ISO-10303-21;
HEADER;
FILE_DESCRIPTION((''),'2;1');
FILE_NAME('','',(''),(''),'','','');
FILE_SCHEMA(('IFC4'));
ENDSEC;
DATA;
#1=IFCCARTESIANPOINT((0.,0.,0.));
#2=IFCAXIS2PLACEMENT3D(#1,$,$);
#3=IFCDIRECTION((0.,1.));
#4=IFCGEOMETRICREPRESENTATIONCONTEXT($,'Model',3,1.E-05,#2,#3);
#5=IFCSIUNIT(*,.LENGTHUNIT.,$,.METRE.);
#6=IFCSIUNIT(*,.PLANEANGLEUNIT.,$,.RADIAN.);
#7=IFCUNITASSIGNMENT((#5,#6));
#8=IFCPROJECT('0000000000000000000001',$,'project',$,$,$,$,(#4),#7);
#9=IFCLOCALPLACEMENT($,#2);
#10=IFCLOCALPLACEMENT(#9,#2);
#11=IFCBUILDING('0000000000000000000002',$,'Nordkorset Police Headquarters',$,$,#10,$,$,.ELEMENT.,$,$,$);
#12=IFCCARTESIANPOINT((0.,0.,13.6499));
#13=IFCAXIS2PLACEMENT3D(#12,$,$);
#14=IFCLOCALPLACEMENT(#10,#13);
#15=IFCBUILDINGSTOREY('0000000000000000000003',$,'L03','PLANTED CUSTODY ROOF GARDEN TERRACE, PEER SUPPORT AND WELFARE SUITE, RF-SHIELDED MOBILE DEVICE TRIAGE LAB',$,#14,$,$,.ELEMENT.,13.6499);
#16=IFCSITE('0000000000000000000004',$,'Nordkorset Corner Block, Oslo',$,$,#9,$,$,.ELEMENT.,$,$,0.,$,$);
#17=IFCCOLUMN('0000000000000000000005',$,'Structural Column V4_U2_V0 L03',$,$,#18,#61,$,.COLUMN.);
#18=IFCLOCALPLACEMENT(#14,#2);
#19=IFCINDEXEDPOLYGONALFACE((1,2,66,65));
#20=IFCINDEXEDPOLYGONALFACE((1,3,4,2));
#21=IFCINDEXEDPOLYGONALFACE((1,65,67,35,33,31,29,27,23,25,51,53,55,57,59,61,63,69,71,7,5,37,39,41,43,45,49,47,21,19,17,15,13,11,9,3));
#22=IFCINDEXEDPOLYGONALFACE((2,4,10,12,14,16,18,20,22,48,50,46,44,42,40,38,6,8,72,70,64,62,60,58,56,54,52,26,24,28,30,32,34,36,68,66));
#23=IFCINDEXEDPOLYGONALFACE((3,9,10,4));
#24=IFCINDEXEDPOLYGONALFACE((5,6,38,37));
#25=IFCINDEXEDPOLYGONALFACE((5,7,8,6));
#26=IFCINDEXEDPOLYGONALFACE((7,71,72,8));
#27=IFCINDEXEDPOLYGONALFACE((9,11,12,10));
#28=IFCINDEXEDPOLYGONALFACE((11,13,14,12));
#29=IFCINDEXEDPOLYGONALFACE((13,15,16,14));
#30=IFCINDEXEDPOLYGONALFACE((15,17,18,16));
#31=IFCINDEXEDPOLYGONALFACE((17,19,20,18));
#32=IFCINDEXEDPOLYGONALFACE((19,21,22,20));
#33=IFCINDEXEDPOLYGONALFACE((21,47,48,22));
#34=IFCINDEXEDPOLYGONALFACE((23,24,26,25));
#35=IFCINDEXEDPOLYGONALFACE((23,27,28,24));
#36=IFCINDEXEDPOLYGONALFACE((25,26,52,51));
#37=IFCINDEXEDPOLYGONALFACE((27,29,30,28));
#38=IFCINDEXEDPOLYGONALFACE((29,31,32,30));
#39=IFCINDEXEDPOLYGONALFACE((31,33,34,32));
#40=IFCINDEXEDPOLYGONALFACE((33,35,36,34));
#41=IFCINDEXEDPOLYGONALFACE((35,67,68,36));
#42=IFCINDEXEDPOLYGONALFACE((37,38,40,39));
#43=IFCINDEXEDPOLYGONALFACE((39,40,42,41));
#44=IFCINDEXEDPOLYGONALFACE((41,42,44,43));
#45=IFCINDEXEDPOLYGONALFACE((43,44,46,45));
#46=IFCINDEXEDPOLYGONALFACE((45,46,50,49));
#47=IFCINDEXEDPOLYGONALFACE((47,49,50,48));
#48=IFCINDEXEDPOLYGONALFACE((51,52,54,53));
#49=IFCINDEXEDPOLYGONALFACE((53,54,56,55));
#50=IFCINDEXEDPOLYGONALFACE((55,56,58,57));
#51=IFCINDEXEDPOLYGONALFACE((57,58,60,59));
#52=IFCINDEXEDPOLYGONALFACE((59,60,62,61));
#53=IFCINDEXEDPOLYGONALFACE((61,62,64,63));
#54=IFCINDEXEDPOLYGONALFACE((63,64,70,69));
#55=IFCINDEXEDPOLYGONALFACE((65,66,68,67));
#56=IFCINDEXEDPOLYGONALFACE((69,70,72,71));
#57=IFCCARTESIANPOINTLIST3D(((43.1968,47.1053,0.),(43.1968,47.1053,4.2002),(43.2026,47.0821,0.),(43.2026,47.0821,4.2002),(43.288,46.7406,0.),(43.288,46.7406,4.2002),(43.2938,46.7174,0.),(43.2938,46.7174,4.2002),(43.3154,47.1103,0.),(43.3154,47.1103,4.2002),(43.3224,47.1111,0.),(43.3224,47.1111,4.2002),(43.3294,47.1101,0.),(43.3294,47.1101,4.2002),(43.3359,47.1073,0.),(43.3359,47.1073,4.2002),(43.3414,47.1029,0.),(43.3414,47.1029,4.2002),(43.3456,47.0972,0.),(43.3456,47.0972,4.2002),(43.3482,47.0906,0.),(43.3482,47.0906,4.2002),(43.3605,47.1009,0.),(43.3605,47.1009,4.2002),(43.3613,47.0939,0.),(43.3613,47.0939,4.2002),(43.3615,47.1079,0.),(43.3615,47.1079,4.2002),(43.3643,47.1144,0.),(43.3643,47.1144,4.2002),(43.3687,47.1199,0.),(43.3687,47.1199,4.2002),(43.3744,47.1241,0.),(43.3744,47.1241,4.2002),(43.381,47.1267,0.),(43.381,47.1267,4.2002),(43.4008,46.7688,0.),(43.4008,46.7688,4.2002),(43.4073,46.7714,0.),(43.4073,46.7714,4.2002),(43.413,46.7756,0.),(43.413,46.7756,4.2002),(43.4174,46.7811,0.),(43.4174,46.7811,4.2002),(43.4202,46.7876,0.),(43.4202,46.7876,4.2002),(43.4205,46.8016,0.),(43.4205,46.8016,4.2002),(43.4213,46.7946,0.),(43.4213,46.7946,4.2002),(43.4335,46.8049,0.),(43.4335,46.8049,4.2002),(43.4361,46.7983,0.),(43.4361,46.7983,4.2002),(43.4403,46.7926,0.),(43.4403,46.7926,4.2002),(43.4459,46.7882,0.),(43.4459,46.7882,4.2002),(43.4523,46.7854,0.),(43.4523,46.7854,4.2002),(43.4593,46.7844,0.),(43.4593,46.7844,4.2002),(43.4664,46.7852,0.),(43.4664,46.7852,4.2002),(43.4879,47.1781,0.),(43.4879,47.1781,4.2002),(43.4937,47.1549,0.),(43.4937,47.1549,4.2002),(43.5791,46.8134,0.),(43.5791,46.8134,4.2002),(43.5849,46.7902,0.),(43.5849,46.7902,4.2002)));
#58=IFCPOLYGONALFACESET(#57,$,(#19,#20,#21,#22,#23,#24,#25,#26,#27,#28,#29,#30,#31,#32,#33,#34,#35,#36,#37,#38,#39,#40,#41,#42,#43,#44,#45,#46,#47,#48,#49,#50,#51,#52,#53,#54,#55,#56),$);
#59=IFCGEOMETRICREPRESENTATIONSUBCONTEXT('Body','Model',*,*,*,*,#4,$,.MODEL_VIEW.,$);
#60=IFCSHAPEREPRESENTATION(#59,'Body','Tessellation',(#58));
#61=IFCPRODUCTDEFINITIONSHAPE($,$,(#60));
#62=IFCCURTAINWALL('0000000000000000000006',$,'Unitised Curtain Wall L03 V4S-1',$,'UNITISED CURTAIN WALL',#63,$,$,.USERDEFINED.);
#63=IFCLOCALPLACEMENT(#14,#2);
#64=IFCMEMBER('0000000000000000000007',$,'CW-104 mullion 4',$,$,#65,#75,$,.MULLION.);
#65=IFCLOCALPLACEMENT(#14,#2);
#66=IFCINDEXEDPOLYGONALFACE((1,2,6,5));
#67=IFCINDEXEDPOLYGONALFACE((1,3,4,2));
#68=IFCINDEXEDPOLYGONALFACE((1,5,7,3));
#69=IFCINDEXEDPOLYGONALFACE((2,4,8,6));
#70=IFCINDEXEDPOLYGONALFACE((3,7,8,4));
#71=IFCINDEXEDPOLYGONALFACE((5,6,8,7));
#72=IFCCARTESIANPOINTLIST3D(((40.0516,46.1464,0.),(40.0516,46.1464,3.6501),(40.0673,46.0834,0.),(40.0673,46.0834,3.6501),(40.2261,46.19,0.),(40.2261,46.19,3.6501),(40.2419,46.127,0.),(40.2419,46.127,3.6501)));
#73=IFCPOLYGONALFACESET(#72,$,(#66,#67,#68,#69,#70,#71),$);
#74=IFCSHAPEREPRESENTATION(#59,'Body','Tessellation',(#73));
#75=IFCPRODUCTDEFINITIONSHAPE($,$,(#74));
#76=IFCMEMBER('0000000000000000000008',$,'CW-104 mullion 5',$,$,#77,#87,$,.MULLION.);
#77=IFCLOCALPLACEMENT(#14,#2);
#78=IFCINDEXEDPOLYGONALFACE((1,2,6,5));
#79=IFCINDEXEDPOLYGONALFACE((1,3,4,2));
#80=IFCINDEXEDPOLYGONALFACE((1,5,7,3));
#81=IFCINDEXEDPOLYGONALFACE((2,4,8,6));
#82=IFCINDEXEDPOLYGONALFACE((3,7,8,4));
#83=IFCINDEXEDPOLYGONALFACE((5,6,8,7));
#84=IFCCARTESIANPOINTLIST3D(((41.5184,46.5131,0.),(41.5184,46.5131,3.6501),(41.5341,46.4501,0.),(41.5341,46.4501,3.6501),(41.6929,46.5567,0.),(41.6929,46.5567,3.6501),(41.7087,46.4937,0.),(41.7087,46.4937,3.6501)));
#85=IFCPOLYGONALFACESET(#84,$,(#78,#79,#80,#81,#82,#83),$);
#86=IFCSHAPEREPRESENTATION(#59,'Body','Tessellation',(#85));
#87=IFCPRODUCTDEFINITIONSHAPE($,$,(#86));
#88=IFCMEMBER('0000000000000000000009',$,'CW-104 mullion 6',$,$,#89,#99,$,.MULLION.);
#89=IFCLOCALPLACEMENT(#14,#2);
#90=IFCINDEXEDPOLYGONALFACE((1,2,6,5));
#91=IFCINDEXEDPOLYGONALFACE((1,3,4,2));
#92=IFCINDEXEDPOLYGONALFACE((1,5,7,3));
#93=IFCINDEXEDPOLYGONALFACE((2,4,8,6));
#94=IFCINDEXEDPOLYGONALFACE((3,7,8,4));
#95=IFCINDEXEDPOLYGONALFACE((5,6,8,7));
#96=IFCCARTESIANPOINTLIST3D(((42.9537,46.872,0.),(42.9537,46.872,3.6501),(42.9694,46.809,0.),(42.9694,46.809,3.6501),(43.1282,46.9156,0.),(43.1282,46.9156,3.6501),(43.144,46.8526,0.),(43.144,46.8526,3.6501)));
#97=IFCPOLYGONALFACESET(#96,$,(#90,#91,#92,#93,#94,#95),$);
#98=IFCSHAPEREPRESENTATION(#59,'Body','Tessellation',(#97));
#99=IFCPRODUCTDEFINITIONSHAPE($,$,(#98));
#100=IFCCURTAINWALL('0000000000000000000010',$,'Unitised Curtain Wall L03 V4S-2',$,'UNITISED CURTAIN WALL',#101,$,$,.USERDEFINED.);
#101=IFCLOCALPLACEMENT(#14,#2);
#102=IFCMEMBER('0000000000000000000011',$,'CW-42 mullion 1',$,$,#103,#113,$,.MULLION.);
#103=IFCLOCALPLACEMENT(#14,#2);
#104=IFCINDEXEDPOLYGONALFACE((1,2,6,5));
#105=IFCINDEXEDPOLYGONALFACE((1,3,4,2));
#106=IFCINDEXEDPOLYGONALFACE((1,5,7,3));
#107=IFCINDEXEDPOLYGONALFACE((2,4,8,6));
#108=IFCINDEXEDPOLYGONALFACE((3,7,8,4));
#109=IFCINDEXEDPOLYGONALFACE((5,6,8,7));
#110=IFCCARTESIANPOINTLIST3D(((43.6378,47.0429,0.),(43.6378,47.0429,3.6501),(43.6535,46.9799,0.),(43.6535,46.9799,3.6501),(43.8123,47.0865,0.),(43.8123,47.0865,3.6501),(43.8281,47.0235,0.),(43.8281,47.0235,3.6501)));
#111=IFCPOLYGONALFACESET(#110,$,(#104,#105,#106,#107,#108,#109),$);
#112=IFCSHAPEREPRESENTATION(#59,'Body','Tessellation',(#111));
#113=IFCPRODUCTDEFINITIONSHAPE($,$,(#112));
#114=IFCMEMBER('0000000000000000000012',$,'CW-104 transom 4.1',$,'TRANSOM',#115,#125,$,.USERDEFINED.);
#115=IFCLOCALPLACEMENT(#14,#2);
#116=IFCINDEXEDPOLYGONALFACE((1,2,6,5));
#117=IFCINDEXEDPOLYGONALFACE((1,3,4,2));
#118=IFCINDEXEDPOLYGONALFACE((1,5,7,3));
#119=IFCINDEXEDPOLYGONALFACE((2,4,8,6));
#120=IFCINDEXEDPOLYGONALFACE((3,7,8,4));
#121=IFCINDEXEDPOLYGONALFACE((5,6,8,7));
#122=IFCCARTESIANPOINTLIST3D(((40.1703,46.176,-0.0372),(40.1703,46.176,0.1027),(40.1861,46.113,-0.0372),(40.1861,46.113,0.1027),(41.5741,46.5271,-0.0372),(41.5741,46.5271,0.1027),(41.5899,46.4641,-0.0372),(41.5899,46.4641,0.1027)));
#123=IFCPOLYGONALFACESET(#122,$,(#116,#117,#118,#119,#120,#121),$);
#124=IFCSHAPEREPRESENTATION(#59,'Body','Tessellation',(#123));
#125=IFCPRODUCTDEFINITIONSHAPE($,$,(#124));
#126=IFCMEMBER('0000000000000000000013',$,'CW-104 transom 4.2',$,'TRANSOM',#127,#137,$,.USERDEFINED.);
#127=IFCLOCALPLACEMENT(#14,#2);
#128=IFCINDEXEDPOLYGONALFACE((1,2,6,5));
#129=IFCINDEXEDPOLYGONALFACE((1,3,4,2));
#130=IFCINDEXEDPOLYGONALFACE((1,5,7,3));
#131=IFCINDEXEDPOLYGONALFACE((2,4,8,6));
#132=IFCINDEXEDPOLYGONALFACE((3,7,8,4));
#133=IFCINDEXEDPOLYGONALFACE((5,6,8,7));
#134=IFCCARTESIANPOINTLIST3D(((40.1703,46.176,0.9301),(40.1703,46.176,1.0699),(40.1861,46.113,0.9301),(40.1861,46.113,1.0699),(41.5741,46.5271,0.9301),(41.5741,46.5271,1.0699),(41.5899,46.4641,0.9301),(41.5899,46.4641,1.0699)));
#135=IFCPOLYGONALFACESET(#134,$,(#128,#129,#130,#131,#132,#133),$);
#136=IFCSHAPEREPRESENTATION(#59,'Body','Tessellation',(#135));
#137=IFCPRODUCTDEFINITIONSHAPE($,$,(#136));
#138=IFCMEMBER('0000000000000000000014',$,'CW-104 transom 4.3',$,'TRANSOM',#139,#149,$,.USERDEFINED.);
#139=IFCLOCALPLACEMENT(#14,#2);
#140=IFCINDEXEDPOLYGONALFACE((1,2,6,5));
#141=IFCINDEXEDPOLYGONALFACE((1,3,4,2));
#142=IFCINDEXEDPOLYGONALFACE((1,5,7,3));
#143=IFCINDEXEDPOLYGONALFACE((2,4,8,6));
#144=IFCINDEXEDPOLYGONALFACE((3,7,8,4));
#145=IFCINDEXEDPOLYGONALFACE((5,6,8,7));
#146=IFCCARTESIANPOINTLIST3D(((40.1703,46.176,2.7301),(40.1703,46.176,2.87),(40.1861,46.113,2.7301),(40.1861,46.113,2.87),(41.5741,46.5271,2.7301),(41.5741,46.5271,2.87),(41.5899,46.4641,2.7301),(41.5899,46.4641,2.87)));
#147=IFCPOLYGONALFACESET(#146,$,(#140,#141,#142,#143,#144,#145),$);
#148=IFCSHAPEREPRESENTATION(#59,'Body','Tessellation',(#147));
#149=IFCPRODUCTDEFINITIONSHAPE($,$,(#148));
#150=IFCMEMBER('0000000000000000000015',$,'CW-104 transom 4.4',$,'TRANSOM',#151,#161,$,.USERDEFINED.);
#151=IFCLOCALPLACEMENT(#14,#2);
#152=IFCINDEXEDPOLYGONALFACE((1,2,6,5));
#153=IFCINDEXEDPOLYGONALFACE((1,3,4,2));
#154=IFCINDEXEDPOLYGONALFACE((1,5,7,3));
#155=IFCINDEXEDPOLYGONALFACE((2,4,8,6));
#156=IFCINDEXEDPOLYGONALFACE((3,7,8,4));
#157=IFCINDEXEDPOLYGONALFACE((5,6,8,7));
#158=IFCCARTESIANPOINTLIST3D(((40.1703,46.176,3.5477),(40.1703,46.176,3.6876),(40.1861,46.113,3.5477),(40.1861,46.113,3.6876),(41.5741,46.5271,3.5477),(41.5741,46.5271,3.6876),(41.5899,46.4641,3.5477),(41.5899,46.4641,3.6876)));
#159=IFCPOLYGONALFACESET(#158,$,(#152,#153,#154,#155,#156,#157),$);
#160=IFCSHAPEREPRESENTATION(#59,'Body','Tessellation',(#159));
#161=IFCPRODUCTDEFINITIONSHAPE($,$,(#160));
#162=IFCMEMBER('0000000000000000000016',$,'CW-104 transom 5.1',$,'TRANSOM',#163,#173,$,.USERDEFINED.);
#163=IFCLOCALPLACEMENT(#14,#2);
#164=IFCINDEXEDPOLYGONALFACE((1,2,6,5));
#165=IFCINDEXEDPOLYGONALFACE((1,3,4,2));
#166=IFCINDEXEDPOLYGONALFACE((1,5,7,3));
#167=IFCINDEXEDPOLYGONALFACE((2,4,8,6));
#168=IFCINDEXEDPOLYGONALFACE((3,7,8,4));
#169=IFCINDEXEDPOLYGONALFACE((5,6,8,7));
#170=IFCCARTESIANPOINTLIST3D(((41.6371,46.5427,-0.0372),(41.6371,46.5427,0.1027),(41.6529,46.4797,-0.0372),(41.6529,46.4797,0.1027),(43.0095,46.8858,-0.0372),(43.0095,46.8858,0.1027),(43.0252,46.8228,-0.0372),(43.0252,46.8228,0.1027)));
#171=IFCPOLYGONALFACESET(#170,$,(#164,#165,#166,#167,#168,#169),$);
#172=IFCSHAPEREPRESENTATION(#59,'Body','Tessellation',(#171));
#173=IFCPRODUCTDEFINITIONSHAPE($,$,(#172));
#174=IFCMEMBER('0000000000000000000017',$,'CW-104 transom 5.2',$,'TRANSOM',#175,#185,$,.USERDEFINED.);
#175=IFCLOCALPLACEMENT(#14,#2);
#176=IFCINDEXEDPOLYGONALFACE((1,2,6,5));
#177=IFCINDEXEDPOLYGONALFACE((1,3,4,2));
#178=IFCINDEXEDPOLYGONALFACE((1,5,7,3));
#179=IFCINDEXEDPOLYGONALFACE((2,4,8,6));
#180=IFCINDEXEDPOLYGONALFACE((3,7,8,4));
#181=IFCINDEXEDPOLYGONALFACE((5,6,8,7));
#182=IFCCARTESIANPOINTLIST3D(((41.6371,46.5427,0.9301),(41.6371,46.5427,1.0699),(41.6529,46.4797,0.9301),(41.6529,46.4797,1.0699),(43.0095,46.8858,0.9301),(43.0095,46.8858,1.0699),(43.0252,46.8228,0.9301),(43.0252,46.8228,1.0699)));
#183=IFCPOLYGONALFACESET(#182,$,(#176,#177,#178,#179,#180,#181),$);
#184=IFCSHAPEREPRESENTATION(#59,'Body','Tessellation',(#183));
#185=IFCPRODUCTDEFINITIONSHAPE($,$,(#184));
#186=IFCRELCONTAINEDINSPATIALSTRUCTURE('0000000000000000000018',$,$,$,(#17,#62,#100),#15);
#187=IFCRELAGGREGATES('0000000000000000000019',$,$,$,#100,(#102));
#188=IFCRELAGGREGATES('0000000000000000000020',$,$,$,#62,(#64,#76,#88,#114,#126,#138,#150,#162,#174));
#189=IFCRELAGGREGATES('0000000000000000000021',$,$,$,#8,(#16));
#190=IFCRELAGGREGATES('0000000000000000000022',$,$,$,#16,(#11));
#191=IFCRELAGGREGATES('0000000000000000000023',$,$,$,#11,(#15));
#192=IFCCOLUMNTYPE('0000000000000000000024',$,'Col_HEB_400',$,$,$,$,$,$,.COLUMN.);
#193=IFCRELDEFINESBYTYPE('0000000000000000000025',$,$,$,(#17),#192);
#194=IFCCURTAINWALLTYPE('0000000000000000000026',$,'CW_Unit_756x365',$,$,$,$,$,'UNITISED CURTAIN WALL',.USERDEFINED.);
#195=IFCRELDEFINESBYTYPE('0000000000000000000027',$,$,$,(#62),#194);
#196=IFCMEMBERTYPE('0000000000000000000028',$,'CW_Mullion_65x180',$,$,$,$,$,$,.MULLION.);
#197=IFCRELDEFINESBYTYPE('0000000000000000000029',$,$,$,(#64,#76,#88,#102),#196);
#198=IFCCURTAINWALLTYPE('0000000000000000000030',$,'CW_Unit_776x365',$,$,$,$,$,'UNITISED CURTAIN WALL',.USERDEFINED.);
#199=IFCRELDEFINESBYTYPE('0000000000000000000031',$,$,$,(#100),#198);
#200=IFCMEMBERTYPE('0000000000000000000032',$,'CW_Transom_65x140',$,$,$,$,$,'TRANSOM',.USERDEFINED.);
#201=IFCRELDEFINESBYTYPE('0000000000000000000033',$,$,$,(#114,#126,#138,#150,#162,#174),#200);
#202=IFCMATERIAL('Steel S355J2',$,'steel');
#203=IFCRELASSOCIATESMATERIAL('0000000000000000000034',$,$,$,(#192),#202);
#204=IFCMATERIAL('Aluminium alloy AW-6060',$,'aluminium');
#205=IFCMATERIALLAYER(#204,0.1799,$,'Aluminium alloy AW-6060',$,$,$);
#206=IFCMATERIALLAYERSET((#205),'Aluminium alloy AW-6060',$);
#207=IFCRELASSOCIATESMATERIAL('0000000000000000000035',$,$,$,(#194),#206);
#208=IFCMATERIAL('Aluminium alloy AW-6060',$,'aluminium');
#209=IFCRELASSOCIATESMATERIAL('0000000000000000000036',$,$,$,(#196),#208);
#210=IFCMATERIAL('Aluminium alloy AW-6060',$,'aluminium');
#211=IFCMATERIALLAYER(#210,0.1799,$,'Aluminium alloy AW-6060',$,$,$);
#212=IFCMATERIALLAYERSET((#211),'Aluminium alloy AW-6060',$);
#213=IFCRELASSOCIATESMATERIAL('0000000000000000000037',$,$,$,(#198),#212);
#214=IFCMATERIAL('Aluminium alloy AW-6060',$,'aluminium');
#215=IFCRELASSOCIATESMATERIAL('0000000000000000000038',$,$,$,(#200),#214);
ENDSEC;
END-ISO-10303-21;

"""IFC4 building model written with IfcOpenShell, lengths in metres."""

from ifc_helpers import new_model, si_unit, direction, frame, origin, origin_2d, place, context, subcontext, project, spatial, rectangle, i_section, extrude, material, layer, layer_set, material_profile, profile_set, type_object, element, aggregate, save


model = new_model("IFC4")

# Units and contexts
model_context = context("Model", 3, precision=1e-05, world=origin(), true_north=direction((0.0, 1.0)))
body_context = subcontext(model_context, "Body", "Model", "MODEL_VIEW")
ifc_project = project(units=[si_unit("LENGTHUNIT", "METRE"), si_unit("PLANEANGLEUNIT", "RADIAN")], contexts=[model_context])

# Site, building, storey
site_placement = place(None, origin())
site = spatial("IfcSite", under=ifc_project, at=site_placement, Name="Nordkorset Corner Block, Oslo", CompositionType="ELEMENT", RefElevation=0.0)
building_placement = place(site_placement, origin())
building = spatial("IfcBuilding", under=site, at=building_placement, Name="Nordkorset Police Headquarters", CompositionType="ELEMENT")
storey_placement = place(building_placement, frame((0.0, 0.0, 13.6499)))
storey = spatial("IfcBuildingStorey", under=building, at=storey_placement, Name="L03", Description="PLANTED CUSTODY ROOF GARDEN TERRACE, PEER SUPPORT AND WELFARE SUITE, RF-SHIELDED MOBILE DEVICE TRIAGE LAB", CompositionType="ELEMENT", Elevation=13.6499)

# Column
ifc_material_1 = material(Name="Steel S355J2", Category="steel")
ifc_material_profile_1 = material_profile(ifc_material_1, i_section(OverallWidth=0.3, OverallDepth=0.3999, WebThickness=0.0134, FlangeThickness=0.0239, FilletRadius=0.0271, at=origin_2d()), Name="HEB 400")
ifc_profile_set_1 = profile_set([ifc_material_profile_1], Name="Steel S355J2")
column_type = type_object("IfcColumnType", Name="Col_HEB_400", PredefinedType="COLUMN", material=ifc_profile_set_1)
column_placement = place(storey_placement, frame((43.3909, 46.9478, 0.0), z_axis=(0.0, 0.0, 1.0), x_axis=(0.970143, 0.242536, 0.0)))
element("IfcColumn", 1, at=column_placement, inside=storey, type_object=column_type, Name="Structural Column V4_U2_V0 L03", PredefinedType="COLUMN", context=body_context, shape_type="SweptSolid", body=[
    extrude(i_section(OverallWidth=0.3, OverallDepth=0.3999, WebThickness=0.0134, FlangeThickness=0.0239, FilletRadius=0.0271, at=origin_2d()), origin(), (0.0, 0.0, 1.0), 4.2002),
])

# Curtain wall, members
ifc_material_2 = material(Name="Aluminium alloy AW-6060", Category="aluminium")
ifc_layer_1 = layer(ifc_material_2, 0.1799, Name="Aluminium alloy AW-6060")
ifc_layer_set_1 = layer_set([ifc_layer_1], Name="Aluminium alloy AW-6060")
curtain_wall_type_1 = type_object("IfcCurtainWallType", Name="CW_Unit_756x365", ElementType="UNITISED CURTAIN WALL", PredefinedType="USERDEFINED", material=ifc_layer_set_1)
curtain_wall_1_placement = place(storey_placement, origin())
curtain_wall_1 = element("IfcCurtainWall", 2, at=curtain_wall_1_placement, inside=storey, type_object=curtain_wall_type_1, Name="Unitised Curtain Wall L03 V4S-1", ObjectType="UNITISED CURTAIN WALL", PredefinedType="USERDEFINED")
ifc_material_3 = material(Name="Aluminium alloy AW-6060", Category="aluminium")
ifc_material_profile_2 = material_profile(ifc_material_3, rectangle(XDim=0.0649, YDim=0.1799, at=origin_2d()), Name="ALU MULL 65x180")
ifc_profile_set_2 = profile_set([ifc_material_profile_2], Name="Aluminium alloy AW-6060")
member_type_1 = type_object("IfcMemberType", Name="CW_Mullion_65x180", PredefinedType="MULLION", material=ifc_profile_set_2)
member_1_placement = place(storey_placement, frame((40.1467, 46.1367, 0.0), z_axis=(0.0, 0.0, 1.0), x_axis=(-0.242536, 0.970143, 0.0)))
member_1 = element("IfcMember", 3, at=member_1_placement, type_object=member_type_1, Name="CW-104 mullion 4", PredefinedType="MULLION", context=body_context, shape_type="SweptSolid", body=[
    extrude(rectangle(XDim=0.0649, YDim=0.1799, at=origin_2d()), origin(), (0.0, 0.0, 1.0), 3.6501),
])
member_2_placement = place(storey_placement, frame((41.6135, 46.5034, 0.0), z_axis=(0.0, 0.0, 1.0), x_axis=(-0.242536, 0.970143, 0.0)))
member_2 = element("IfcMember", 4, at=member_2_placement, type_object=member_type_1, Name="CW-104 mullion 5", PredefinedType="MULLION", context=body_context, shape_type="SweptSolid", body=[
    extrude(rectangle(XDim=0.0649, YDim=0.1799, at=origin_2d()), origin(), (0.0, 0.0, 1.0), 3.6501),
])
member_3_placement = place(storey_placement, frame((43.0488, 46.8623, 0.0), z_axis=(0.0, 0.0, 1.0), x_axis=(-0.242536, 0.970143, 0.0)))
member_3 = element("IfcMember", 5, at=member_3_placement, type_object=member_type_1, Name="CW-104 mullion 6", PredefinedType="MULLION", context=body_context, shape_type="SweptSolid", body=[
    extrude(rectangle(XDim=0.0649, YDim=0.1799, at=origin_2d()), origin(), (0.0, 0.0, 1.0), 3.6501),
])

# Curtain wall, member
ifc_material_4 = material(Name="Aluminium alloy AW-6060", Category="aluminium")
ifc_layer_2 = layer(ifc_material_4, 0.1799, Name="Aluminium alloy AW-6060")
ifc_layer_set_2 = layer_set([ifc_layer_2], Name="Aluminium alloy AW-6060")
curtain_wall_type_2 = type_object("IfcCurtainWallType", Name="CW_Unit_776x365", ElementType="UNITISED CURTAIN WALL", PredefinedType="USERDEFINED", material=ifc_layer_set_2)
curtain_wall_2_placement = place(storey_placement, origin())
curtain_wall_2 = element("IfcCurtainWall", 6, at=curtain_wall_2_placement, inside=storey, type_object=curtain_wall_type_2, Name="Unitised Curtain Wall L03 V4S-2", ObjectType="UNITISED CURTAIN WALL", PredefinedType="USERDEFINED")
member_4_placement = place(storey_placement, frame((43.7329, 47.0332, 0.0), z_axis=(0.0, 0.0, 1.0), x_axis=(-0.242535, 0.970143, 0.0)))
member_4 = element("IfcMember", 7, at=member_4_placement, type_object=member_type_1, Name="CW-42 mullion 1", PredefinedType="MULLION", context=body_context, shape_type="SweptSolid", body=[
    extrude(rectangle(XDim=0.0649, YDim=0.1799, at=origin_2d()), origin(), (0.0, 0.0, 1.0), 3.6501),
])

# Members
ifc_material_5 = material(Name="Aluminium alloy AW-6060", Category="aluminium")
ifc_material_profile_3 = material_profile(ifc_material_5, rectangle(XDim=0.0649, YDim=0.1399, at=origin_2d()), Name="ALU TRAN 65x140")
ifc_profile_set_3 = profile_set([ifc_material_profile_3], Name="Aluminium alloy AW-6060")
member_type_2 = type_object("IfcMemberType", Name="CW_Transom_65x140", ElementType="TRANSOM", PredefinedType="USERDEFINED", material=ifc_profile_set_3)
member_5_placement = place(storey_placement, frame((40.1782, 46.1445, 0.0327), z_axis=(0.970123, 0.242615, 0.0), x_axis=(-0.242615, 0.970123, 0.0)))
member_5 = element("IfcMember", 8, at=member_5_placement, type_object=member_type_2, Name="CW-104 transom 4.1", ObjectType="TRANSOM", PredefinedType="USERDEFINED", context=body_context, shape_type="SweptSolid", body=[
    extrude(rectangle(XDim=0.0649, YDim=0.1399, at=origin_2d()), origin(), (0.0, 0.0, 1.0), 1.447),
])
member_6_placement = place(storey_placement, frame((40.1782, 46.1445, 1.0), z_axis=(0.970123, 0.242615, 0.0), x_axis=(-0.242615, 0.970123, 0.0)))
member_6 = element("IfcMember", 9, at=member_6_placement, type_object=member_type_2, Name="CW-104 transom 4.2", ObjectType="TRANSOM", PredefinedType="USERDEFINED", context=body_context, shape_type="SweptSolid", body=[
    extrude(rectangle(XDim=0.0649, YDim=0.1399, at=origin_2d()), origin(), (0.0, 0.0, 1.0), 1.447),
])
member_7_placement = place(storey_placement, frame((40.1782, 46.1445, 2.8), z_axis=(0.970123, 0.242615, 0.0), x_axis=(-0.242615, 0.970123, 0.0)))
member_7 = element("IfcMember", 10, at=member_7_placement, type_object=member_type_2, Name="CW-104 transom 4.3", ObjectType="TRANSOM", PredefinedType="USERDEFINED", context=body_context, shape_type="SweptSolid", body=[
    extrude(rectangle(XDim=0.0649, YDim=0.1399, at=origin_2d()), origin(), (0.0, 0.0, 1.0), 1.447),
])
member_8_placement = place(storey_placement, frame((40.1782, 46.1445, 3.6177), z_axis=(0.970123, 0.242615, 0.0), x_axis=(-0.242615, 0.970123, 0.0)))
member_8 = element("IfcMember", 11, at=member_8_placement, type_object=member_type_2, Name="CW-104 transom 4.4", ObjectType="TRANSOM", PredefinedType="USERDEFINED", context=body_context, shape_type="SweptSolid", body=[
    extrude(rectangle(XDim=0.0649, YDim=0.1399, at=origin_2d()), origin(), (0.0, 0.0, 1.0), 1.447),
])
member_9_placement = place(storey_placement, frame((41.645, 46.5112, 0.0327), z_axis=(0.970153, 0.242495, 0.0), x_axis=(-0.242495, 0.970153, 0.0)))
member_9 = element("IfcMember", 12, at=member_9_placement, type_object=member_type_2, Name="CW-104 transom 5.1", ObjectType="TRANSOM", PredefinedType="USERDEFINED", context=body_context, shape_type="SweptSolid", body=[
    extrude(rectangle(XDim=0.0649, YDim=0.1399, at=origin_2d()), origin(), (0.0, 0.0, 1.0), 1.4146),
])
member_10_placement = place(storey_placement, frame((41.645, 46.5112, 1.0), z_axis=(0.970153, 0.242495, 0.0), x_axis=(-0.242495, 0.970153, 0.0)))
member_10 = element("IfcMember", 13, at=member_10_placement, type_object=member_type_2, Name="CW-104 transom 5.2", ObjectType="TRANSOM", PredefinedType="USERDEFINED", context=body_context, shape_type="SweptSolid", body=[
    extrude(rectangle(XDim=0.0649, YDim=0.1399, at=origin_2d()), origin(), (0.0, 0.0, 1.0), 1.4146),
])
aggregate(curtain_wall_2, [member_4])

aggregate(curtain_wall_1, [member_1, member_2, member_3, member_5, member_6, member_7, member_8, member_9, member_10])

save(model, "model.ifc")
